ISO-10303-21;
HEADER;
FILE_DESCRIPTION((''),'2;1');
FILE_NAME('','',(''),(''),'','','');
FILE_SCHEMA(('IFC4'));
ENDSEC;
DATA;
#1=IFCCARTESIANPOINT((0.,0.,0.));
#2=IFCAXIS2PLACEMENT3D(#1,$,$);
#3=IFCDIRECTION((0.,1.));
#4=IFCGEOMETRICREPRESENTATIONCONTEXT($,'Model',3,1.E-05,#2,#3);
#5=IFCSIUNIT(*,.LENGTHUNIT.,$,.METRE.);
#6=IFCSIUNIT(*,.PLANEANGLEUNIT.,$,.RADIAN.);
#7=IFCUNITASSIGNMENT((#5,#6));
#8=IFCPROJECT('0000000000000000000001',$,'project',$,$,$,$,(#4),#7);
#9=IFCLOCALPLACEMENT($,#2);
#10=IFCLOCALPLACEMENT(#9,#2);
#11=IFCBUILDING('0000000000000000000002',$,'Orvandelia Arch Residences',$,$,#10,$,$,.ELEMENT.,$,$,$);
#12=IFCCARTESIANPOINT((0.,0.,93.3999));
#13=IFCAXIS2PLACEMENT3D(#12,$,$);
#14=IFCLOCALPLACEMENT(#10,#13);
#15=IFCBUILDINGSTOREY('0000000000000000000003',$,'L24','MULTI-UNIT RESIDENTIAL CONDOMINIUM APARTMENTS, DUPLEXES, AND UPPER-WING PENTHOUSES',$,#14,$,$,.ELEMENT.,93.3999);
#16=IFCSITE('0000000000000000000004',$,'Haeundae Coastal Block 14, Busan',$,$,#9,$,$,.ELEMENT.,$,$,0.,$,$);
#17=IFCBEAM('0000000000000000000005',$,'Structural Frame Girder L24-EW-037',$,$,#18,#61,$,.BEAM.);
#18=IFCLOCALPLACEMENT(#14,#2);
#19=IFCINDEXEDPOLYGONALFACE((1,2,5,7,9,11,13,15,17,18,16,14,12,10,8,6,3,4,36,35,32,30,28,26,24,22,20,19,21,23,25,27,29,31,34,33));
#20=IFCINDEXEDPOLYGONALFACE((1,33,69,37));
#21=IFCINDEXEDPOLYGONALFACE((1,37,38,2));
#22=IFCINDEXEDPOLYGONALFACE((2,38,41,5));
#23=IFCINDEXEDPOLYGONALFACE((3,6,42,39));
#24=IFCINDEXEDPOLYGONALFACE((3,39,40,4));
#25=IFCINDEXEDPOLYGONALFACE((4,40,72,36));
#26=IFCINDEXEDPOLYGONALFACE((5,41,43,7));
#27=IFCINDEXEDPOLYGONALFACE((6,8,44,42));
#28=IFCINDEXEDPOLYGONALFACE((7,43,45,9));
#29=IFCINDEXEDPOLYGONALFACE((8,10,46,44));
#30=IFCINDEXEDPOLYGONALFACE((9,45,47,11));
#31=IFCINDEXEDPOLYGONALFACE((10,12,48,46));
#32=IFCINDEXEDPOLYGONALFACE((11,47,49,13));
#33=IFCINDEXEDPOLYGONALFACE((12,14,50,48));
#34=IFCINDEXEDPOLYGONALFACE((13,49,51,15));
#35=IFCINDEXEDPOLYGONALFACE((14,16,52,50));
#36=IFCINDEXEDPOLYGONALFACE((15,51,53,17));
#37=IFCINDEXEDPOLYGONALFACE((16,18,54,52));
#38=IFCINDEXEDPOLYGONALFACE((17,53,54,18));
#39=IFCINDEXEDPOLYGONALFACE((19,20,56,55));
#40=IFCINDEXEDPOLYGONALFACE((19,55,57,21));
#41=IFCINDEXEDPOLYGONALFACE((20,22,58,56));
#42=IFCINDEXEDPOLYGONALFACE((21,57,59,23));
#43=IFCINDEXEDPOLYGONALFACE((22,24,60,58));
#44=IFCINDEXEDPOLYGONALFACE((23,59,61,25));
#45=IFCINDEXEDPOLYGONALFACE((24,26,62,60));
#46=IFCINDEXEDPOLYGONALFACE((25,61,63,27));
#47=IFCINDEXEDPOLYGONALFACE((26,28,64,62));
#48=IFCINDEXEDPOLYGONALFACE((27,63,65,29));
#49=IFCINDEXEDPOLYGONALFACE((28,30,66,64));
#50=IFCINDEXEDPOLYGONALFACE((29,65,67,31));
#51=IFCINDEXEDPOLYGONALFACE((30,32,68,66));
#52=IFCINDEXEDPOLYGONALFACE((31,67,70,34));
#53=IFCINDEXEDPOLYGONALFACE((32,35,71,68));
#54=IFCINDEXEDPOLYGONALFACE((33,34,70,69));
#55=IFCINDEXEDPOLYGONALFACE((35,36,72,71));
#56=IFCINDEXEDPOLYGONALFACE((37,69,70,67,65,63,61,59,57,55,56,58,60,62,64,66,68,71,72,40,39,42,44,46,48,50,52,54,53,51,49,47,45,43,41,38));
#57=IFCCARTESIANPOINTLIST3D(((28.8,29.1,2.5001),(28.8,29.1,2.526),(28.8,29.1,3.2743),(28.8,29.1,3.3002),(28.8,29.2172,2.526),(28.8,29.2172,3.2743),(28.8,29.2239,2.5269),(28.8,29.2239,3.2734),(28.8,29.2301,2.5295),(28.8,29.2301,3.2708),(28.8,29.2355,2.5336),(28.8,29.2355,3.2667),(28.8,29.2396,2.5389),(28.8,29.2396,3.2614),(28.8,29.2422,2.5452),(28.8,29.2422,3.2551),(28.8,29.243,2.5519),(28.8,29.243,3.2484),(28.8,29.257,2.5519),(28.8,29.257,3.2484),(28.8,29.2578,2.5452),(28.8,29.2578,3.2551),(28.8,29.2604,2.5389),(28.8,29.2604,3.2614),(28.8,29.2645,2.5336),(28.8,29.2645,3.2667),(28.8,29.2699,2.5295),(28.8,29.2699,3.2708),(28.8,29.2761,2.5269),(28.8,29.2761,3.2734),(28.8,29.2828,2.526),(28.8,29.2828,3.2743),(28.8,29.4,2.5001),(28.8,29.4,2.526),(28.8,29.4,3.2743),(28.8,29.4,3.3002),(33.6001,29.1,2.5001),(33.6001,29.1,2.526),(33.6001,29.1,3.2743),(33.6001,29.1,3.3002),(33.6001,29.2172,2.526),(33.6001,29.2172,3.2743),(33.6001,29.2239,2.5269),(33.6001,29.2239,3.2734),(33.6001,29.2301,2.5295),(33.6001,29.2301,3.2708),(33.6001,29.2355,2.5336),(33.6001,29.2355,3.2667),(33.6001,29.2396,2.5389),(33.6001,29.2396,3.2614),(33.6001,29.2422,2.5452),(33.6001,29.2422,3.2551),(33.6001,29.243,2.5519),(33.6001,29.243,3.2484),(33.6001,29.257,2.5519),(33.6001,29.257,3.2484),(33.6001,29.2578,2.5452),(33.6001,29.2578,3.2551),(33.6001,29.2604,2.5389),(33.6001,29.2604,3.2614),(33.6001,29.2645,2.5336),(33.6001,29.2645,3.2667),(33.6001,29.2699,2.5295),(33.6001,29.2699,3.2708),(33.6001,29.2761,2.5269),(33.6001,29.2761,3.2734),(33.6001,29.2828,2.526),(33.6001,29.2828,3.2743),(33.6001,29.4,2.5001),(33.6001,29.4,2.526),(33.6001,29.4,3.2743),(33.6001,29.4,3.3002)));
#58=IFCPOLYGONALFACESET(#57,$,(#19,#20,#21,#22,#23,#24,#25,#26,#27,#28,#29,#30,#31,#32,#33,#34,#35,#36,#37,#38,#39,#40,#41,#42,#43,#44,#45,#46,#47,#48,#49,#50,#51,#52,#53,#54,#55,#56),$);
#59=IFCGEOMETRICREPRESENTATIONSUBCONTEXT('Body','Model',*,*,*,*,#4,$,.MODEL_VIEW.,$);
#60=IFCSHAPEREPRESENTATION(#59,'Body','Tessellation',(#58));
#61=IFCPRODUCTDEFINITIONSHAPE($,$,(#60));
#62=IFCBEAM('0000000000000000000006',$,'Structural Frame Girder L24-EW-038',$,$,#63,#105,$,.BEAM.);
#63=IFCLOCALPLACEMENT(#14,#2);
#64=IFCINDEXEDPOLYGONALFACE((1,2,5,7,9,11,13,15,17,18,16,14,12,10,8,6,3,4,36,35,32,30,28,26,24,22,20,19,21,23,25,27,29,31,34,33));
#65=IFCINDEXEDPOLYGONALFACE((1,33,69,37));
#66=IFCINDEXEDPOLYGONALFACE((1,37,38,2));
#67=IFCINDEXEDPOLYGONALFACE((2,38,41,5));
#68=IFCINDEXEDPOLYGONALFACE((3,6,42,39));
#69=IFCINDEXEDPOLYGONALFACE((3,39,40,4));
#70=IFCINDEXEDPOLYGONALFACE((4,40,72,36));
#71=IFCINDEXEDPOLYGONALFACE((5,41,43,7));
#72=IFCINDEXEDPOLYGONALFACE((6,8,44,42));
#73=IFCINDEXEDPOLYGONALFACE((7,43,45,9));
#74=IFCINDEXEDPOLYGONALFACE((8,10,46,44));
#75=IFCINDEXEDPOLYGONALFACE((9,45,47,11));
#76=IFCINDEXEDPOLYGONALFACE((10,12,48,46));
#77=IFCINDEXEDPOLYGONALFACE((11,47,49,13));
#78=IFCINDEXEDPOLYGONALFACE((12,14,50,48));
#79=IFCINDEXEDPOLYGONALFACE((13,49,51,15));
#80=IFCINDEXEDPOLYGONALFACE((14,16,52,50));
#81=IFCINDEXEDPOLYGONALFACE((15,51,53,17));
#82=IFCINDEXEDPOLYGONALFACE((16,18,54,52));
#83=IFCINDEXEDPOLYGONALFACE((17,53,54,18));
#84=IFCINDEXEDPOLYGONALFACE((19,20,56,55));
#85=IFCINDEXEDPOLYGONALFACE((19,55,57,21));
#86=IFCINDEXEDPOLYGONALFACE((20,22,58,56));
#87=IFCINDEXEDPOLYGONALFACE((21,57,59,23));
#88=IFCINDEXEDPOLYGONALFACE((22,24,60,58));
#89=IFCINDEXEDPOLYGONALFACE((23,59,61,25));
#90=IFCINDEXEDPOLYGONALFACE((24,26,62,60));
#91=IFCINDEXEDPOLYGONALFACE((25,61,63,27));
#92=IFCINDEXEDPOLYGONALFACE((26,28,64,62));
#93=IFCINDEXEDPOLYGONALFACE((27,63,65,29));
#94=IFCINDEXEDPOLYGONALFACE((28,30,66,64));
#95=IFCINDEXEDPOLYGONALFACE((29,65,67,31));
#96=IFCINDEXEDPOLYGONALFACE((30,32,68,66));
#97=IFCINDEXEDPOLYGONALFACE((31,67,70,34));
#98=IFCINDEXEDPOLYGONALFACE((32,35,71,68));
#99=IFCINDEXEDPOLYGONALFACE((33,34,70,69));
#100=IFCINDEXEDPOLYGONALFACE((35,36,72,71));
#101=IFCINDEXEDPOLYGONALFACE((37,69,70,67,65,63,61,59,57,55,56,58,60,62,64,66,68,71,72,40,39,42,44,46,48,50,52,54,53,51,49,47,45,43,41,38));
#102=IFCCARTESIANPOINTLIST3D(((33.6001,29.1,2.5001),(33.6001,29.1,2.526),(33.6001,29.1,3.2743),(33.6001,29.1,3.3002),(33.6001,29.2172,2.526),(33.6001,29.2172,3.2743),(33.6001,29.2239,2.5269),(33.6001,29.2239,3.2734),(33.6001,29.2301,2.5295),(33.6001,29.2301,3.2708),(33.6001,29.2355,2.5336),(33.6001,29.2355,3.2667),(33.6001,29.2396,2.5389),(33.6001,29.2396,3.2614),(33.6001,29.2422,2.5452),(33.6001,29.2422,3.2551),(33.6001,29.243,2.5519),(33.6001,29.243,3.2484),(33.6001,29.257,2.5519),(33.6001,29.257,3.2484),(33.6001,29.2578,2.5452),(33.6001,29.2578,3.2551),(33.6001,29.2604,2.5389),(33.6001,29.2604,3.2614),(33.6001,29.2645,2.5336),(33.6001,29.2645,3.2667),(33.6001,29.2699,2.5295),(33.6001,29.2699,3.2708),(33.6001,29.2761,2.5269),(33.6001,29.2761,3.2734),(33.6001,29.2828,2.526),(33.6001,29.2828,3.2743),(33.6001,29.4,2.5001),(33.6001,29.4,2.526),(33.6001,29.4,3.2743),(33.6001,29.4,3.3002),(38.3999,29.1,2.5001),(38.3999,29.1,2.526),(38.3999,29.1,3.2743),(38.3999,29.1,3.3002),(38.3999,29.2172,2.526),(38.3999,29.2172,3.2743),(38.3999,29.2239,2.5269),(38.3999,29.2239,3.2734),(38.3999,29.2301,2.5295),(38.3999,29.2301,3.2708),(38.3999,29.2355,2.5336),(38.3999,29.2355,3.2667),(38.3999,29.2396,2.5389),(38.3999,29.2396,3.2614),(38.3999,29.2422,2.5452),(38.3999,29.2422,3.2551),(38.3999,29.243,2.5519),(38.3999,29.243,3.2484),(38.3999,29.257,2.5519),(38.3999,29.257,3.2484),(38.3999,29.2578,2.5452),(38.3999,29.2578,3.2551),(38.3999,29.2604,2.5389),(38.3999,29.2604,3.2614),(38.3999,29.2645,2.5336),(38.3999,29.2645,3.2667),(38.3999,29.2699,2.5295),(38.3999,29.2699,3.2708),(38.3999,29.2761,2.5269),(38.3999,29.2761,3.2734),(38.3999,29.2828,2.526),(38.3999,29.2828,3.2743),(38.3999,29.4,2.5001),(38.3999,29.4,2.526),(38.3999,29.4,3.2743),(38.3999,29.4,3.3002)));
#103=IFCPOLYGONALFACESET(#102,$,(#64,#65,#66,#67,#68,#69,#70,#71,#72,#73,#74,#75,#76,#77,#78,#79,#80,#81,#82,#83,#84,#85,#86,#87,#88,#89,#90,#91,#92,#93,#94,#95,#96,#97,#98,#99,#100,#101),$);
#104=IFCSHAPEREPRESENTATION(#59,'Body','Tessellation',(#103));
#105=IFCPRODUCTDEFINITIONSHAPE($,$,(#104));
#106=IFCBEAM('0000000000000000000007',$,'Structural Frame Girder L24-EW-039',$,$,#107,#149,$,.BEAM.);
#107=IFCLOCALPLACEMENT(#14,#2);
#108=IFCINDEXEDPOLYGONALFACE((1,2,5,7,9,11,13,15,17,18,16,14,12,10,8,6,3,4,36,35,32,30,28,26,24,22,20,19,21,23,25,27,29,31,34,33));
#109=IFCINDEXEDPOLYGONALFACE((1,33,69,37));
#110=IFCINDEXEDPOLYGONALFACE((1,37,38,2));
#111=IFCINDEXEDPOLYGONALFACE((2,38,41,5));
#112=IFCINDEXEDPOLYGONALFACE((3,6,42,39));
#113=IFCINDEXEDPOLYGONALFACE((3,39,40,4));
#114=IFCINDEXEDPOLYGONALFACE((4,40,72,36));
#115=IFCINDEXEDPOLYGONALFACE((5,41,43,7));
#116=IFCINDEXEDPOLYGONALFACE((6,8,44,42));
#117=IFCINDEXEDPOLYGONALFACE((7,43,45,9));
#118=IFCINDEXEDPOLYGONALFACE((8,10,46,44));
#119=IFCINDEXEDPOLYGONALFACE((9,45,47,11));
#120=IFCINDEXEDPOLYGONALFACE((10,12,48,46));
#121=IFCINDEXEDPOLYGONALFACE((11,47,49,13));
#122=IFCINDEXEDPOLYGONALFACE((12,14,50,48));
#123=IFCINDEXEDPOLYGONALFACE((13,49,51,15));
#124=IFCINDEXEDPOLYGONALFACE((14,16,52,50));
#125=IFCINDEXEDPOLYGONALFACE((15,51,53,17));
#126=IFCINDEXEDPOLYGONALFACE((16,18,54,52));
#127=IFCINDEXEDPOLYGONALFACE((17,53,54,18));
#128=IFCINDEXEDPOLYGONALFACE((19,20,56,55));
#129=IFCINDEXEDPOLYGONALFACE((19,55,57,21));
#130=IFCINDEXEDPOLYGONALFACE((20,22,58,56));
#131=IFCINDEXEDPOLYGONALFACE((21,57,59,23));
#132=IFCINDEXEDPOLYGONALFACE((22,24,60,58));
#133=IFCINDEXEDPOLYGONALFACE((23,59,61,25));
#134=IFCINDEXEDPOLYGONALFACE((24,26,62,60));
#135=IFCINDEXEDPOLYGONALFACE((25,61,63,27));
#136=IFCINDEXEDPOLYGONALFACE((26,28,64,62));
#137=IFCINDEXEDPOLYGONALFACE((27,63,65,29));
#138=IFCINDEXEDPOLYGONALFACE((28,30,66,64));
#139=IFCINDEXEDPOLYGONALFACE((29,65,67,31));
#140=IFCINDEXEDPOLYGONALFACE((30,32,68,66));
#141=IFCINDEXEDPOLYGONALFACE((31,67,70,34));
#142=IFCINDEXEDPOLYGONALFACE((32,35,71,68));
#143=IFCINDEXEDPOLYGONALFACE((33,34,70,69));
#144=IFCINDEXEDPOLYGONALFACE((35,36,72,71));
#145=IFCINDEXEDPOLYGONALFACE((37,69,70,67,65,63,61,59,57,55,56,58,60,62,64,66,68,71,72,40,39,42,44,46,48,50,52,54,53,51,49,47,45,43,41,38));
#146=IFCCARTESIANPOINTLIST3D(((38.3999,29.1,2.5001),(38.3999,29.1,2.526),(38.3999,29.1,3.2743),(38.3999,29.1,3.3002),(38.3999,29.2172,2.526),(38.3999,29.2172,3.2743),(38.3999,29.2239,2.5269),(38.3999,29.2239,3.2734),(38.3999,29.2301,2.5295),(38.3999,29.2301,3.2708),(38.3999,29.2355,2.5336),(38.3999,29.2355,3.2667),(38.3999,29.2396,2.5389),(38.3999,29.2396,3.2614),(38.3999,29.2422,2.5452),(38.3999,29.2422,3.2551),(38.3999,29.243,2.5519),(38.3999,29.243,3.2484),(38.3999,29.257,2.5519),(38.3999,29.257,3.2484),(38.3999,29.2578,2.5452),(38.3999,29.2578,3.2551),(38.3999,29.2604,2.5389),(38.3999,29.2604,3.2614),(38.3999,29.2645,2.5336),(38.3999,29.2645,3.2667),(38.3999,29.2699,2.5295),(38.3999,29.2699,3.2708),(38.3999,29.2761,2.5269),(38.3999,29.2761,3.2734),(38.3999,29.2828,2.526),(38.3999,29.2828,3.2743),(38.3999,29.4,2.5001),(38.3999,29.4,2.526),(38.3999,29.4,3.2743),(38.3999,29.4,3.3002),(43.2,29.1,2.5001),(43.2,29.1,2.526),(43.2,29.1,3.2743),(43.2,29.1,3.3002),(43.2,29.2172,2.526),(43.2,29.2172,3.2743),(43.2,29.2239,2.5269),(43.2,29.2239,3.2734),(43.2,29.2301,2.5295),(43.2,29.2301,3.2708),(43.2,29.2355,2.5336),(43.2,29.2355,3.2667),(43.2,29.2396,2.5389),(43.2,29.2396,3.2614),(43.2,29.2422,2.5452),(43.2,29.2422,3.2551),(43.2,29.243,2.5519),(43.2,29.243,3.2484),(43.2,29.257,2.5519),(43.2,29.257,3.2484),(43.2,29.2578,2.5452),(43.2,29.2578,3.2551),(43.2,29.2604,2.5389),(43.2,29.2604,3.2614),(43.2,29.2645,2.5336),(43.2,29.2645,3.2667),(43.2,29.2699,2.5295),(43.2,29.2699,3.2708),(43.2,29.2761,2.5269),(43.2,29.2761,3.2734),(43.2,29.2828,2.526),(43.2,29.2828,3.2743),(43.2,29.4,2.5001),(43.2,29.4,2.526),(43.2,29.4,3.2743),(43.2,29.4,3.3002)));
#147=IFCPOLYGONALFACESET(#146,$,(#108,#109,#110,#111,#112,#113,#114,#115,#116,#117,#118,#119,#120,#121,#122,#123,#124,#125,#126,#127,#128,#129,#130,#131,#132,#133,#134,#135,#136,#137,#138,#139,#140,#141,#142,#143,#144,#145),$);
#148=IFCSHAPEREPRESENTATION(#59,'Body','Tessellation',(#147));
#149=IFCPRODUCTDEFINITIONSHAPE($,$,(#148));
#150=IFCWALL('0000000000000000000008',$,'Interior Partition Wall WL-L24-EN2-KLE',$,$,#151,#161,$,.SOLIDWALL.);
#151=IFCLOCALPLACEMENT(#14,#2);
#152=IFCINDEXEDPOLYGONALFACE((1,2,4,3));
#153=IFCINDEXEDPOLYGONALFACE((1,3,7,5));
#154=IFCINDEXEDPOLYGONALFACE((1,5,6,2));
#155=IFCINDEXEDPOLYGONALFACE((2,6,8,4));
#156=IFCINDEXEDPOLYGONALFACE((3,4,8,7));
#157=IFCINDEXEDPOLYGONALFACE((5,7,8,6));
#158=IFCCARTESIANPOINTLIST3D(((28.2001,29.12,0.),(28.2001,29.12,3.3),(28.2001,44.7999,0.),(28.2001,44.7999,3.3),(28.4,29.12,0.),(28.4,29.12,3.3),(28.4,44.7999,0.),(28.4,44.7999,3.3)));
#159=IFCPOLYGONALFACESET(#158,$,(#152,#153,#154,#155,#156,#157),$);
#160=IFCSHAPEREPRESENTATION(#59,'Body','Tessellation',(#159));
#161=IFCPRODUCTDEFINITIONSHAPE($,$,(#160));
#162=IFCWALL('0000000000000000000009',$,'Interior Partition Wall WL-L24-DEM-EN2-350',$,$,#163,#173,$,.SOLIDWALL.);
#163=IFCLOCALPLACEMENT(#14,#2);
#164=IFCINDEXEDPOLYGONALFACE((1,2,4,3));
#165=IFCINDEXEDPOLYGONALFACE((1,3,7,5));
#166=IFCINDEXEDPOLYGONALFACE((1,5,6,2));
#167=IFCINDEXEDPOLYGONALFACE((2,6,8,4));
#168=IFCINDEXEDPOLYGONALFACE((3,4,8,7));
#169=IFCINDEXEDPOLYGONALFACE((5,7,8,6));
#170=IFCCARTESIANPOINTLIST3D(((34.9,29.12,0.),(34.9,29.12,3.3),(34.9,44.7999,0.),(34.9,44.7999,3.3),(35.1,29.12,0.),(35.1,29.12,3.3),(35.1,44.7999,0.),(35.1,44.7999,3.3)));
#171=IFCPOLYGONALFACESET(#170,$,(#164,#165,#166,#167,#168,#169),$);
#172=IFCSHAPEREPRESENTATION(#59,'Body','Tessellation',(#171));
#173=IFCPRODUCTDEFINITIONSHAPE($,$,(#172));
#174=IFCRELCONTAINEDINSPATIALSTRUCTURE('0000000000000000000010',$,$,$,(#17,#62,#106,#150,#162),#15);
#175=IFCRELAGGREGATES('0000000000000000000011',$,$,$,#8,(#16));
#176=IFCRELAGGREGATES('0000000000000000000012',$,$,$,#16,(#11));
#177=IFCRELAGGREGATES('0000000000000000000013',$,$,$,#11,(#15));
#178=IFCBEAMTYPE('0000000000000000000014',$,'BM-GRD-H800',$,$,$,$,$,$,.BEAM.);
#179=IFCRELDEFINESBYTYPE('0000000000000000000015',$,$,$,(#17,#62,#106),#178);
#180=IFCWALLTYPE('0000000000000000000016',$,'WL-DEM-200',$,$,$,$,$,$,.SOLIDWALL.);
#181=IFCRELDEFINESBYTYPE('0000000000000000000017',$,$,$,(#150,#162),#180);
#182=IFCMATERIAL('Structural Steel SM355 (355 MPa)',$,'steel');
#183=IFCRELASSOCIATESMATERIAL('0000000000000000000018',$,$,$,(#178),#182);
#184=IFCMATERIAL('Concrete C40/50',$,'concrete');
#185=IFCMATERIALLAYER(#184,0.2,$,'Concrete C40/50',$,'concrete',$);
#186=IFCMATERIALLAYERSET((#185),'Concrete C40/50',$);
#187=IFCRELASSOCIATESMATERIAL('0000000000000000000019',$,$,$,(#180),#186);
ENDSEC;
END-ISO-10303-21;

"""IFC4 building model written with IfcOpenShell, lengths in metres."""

from ifc_helpers import new_model, si_unit, direction, frame, frame_2d, origin, origin_2d, place, context, subcontext, project, spatial, rectangle, i_section, extrude, material, layer, layer_set, material_profile, profile_set, type_object, element, save


model = new_model("IFC4")

# Units and contexts
model_context = context("Model", 3, precision=1e-05, world=origin(), true_north=direction((0.0, 1.0)))
body_context = subcontext(model_context, "Body", "Model", "MODEL_VIEW")
ifc_project = project(units=[si_unit("LENGTHUNIT", "METRE"), si_unit("PLANEANGLEUNIT", "RADIAN")], contexts=[model_context])

# Site, building, storey
site_placement = place(None, origin())
site = spatial("IfcSite", under=ifc_project, at=site_placement, Name="Haeundae Coastal Block 14, Busan", CompositionType="ELEMENT", RefElevation=0.0)
building_placement = place(site_placement, origin())
building = spatial("IfcBuilding", under=site, at=building_placement, Name="Orvandelia Arch Residences", CompositionType="ELEMENT")
storey_placement = place(building_placement, frame((0.0, 0.0, 93.3999)))
storey = spatial("IfcBuildingStorey", under=building, at=storey_placement, Name="L24", Description="MULTI-UNIT RESIDENTIAL CONDOMINIUM APARTMENTS, DUPLEXES, AND UPPER-WING PENTHOUSES", CompositionType="ELEMENT", Elevation=93.3999)

# Beams
ifc_material_1 = material(Name="Structural Steel SM355 (355 MPa)", Category="steel")
ifc_material_profile_1 = material_profile(ifc_material_1, i_section(OverallWidth=0.3, OverallDepth=0.8, WebThickness=0.0139, FlangeThickness=0.0259, FilletRadius=0.0259, at=origin_2d()), Name="Structural Steel SM355 (355 MPa)", Category="steel")
ifc_profile_set_1 = profile_set([ifc_material_profile_1], Name="Structural Steel SM355 (355 MPa)")
beam_type = type_object("IfcBeamType", Name="BM-GRD-H800", PredefinedType="BEAM", material=ifc_profile_set_1)
beam_1_placement = place(storey_placement, frame((28.8, 29.25, 2.9001), z_axis=(1.0, 0.0, 0.0), x_axis=(0.0, 1.0, 0.0)))
element("IfcBeam", 1, at=beam_1_placement, inside=storey, type_object=beam_type, Name="Structural Frame Girder L24-EW-037", PredefinedType="BEAM", context=body_context, shape_type="SweptSolid", body=[
    extrude(i_section(OverallWidth=0.3, OverallDepth=0.8, WebThickness=0.0139, FlangeThickness=0.0259, FilletRadius=0.0259, at=origin_2d()), origin(), (0.0, 0.0, 1.0), 4.8),
])
beam_2_placement = place(storey_placement, frame((33.6001, 29.25, 2.9001), z_axis=(1.0, 0.0, 0.0), x_axis=(0.0, 1.0, 0.0)))
element("IfcBeam", 2, at=beam_2_placement, inside=storey, type_object=beam_type, Name="Structural Frame Girder L24-EW-038", PredefinedType="BEAM", context=body_context, shape_type="SweptSolid", body=[
    extrude(i_section(OverallWidth=0.3, OverallDepth=0.8, WebThickness=0.0139, FlangeThickness=0.0259, FilletRadius=0.0259, at=origin_2d()), origin(), (0.0, 0.0, 1.0), 4.7998),
])
beam_3_placement = place(storey_placement, frame((38.3999, 29.25, 2.9001), z_axis=(1.0, 0.0, 0.0), x_axis=(0.0, 1.0, 0.0)))
element("IfcBeam", 3, at=beam_3_placement, inside=storey, type_object=beam_type, Name="Structural Frame Girder L24-EW-039", PredefinedType="BEAM", context=body_context, shape_type="SweptSolid", body=[
    extrude(i_section(OverallWidth=0.3, OverallDepth=0.8, WebThickness=0.0139, FlangeThickness=0.0259, FilletRadius=0.0259, at=origin_2d()), origin(), (0.0, 0.0, 1.0), 4.8),
])

# Walls
ifc_material_2 = material(Name="Concrete C40/50", Category="concrete")
ifc_layer_1 = layer(ifc_material_2, 0.2, Name="Concrete C40/50", Category="concrete")
ifc_layer_set_1 = layer_set([ifc_layer_1], Name="Concrete C40/50")
wall_type_1 = type_object("IfcWallType", Name="WL-DEM-200", PredefinedType="SOLIDWALL", material=ifc_layer_set_1)
for number, where, z_axis, x_axis, name in (
    (4, (28.3, 29.1201, 0.0), (0.0, 0.0, 1.0), (0.0, 1.0, 0.0), "Interior Partition Wall WL-L24-EN2-KLE"),
    (5, (35.0, 29.1201, 0.0), (0.0, 0.0, 1.0), (0.0, 1.0, 0.0), "Interior Partition Wall WL-L24-DEM-EN2-350"),
):
    element("IfcWall", number, at=place(storey_placement, frame(where, z_axis=z_axis, x_axis=x_axis)), inside=storey, type_object=wall_type_1, Name=name, PredefinedType="SOLIDWALL", context=body_context, shape_type="SweptSolid", body=[
        extrude(rectangle(XDim=15.6799, YDim=0.2, at=frame_2d((7.8398, 0.0))), origin(), (0.0, 0.0, 1.0), 3.3),
    ])

save(model, "model.ifc")
